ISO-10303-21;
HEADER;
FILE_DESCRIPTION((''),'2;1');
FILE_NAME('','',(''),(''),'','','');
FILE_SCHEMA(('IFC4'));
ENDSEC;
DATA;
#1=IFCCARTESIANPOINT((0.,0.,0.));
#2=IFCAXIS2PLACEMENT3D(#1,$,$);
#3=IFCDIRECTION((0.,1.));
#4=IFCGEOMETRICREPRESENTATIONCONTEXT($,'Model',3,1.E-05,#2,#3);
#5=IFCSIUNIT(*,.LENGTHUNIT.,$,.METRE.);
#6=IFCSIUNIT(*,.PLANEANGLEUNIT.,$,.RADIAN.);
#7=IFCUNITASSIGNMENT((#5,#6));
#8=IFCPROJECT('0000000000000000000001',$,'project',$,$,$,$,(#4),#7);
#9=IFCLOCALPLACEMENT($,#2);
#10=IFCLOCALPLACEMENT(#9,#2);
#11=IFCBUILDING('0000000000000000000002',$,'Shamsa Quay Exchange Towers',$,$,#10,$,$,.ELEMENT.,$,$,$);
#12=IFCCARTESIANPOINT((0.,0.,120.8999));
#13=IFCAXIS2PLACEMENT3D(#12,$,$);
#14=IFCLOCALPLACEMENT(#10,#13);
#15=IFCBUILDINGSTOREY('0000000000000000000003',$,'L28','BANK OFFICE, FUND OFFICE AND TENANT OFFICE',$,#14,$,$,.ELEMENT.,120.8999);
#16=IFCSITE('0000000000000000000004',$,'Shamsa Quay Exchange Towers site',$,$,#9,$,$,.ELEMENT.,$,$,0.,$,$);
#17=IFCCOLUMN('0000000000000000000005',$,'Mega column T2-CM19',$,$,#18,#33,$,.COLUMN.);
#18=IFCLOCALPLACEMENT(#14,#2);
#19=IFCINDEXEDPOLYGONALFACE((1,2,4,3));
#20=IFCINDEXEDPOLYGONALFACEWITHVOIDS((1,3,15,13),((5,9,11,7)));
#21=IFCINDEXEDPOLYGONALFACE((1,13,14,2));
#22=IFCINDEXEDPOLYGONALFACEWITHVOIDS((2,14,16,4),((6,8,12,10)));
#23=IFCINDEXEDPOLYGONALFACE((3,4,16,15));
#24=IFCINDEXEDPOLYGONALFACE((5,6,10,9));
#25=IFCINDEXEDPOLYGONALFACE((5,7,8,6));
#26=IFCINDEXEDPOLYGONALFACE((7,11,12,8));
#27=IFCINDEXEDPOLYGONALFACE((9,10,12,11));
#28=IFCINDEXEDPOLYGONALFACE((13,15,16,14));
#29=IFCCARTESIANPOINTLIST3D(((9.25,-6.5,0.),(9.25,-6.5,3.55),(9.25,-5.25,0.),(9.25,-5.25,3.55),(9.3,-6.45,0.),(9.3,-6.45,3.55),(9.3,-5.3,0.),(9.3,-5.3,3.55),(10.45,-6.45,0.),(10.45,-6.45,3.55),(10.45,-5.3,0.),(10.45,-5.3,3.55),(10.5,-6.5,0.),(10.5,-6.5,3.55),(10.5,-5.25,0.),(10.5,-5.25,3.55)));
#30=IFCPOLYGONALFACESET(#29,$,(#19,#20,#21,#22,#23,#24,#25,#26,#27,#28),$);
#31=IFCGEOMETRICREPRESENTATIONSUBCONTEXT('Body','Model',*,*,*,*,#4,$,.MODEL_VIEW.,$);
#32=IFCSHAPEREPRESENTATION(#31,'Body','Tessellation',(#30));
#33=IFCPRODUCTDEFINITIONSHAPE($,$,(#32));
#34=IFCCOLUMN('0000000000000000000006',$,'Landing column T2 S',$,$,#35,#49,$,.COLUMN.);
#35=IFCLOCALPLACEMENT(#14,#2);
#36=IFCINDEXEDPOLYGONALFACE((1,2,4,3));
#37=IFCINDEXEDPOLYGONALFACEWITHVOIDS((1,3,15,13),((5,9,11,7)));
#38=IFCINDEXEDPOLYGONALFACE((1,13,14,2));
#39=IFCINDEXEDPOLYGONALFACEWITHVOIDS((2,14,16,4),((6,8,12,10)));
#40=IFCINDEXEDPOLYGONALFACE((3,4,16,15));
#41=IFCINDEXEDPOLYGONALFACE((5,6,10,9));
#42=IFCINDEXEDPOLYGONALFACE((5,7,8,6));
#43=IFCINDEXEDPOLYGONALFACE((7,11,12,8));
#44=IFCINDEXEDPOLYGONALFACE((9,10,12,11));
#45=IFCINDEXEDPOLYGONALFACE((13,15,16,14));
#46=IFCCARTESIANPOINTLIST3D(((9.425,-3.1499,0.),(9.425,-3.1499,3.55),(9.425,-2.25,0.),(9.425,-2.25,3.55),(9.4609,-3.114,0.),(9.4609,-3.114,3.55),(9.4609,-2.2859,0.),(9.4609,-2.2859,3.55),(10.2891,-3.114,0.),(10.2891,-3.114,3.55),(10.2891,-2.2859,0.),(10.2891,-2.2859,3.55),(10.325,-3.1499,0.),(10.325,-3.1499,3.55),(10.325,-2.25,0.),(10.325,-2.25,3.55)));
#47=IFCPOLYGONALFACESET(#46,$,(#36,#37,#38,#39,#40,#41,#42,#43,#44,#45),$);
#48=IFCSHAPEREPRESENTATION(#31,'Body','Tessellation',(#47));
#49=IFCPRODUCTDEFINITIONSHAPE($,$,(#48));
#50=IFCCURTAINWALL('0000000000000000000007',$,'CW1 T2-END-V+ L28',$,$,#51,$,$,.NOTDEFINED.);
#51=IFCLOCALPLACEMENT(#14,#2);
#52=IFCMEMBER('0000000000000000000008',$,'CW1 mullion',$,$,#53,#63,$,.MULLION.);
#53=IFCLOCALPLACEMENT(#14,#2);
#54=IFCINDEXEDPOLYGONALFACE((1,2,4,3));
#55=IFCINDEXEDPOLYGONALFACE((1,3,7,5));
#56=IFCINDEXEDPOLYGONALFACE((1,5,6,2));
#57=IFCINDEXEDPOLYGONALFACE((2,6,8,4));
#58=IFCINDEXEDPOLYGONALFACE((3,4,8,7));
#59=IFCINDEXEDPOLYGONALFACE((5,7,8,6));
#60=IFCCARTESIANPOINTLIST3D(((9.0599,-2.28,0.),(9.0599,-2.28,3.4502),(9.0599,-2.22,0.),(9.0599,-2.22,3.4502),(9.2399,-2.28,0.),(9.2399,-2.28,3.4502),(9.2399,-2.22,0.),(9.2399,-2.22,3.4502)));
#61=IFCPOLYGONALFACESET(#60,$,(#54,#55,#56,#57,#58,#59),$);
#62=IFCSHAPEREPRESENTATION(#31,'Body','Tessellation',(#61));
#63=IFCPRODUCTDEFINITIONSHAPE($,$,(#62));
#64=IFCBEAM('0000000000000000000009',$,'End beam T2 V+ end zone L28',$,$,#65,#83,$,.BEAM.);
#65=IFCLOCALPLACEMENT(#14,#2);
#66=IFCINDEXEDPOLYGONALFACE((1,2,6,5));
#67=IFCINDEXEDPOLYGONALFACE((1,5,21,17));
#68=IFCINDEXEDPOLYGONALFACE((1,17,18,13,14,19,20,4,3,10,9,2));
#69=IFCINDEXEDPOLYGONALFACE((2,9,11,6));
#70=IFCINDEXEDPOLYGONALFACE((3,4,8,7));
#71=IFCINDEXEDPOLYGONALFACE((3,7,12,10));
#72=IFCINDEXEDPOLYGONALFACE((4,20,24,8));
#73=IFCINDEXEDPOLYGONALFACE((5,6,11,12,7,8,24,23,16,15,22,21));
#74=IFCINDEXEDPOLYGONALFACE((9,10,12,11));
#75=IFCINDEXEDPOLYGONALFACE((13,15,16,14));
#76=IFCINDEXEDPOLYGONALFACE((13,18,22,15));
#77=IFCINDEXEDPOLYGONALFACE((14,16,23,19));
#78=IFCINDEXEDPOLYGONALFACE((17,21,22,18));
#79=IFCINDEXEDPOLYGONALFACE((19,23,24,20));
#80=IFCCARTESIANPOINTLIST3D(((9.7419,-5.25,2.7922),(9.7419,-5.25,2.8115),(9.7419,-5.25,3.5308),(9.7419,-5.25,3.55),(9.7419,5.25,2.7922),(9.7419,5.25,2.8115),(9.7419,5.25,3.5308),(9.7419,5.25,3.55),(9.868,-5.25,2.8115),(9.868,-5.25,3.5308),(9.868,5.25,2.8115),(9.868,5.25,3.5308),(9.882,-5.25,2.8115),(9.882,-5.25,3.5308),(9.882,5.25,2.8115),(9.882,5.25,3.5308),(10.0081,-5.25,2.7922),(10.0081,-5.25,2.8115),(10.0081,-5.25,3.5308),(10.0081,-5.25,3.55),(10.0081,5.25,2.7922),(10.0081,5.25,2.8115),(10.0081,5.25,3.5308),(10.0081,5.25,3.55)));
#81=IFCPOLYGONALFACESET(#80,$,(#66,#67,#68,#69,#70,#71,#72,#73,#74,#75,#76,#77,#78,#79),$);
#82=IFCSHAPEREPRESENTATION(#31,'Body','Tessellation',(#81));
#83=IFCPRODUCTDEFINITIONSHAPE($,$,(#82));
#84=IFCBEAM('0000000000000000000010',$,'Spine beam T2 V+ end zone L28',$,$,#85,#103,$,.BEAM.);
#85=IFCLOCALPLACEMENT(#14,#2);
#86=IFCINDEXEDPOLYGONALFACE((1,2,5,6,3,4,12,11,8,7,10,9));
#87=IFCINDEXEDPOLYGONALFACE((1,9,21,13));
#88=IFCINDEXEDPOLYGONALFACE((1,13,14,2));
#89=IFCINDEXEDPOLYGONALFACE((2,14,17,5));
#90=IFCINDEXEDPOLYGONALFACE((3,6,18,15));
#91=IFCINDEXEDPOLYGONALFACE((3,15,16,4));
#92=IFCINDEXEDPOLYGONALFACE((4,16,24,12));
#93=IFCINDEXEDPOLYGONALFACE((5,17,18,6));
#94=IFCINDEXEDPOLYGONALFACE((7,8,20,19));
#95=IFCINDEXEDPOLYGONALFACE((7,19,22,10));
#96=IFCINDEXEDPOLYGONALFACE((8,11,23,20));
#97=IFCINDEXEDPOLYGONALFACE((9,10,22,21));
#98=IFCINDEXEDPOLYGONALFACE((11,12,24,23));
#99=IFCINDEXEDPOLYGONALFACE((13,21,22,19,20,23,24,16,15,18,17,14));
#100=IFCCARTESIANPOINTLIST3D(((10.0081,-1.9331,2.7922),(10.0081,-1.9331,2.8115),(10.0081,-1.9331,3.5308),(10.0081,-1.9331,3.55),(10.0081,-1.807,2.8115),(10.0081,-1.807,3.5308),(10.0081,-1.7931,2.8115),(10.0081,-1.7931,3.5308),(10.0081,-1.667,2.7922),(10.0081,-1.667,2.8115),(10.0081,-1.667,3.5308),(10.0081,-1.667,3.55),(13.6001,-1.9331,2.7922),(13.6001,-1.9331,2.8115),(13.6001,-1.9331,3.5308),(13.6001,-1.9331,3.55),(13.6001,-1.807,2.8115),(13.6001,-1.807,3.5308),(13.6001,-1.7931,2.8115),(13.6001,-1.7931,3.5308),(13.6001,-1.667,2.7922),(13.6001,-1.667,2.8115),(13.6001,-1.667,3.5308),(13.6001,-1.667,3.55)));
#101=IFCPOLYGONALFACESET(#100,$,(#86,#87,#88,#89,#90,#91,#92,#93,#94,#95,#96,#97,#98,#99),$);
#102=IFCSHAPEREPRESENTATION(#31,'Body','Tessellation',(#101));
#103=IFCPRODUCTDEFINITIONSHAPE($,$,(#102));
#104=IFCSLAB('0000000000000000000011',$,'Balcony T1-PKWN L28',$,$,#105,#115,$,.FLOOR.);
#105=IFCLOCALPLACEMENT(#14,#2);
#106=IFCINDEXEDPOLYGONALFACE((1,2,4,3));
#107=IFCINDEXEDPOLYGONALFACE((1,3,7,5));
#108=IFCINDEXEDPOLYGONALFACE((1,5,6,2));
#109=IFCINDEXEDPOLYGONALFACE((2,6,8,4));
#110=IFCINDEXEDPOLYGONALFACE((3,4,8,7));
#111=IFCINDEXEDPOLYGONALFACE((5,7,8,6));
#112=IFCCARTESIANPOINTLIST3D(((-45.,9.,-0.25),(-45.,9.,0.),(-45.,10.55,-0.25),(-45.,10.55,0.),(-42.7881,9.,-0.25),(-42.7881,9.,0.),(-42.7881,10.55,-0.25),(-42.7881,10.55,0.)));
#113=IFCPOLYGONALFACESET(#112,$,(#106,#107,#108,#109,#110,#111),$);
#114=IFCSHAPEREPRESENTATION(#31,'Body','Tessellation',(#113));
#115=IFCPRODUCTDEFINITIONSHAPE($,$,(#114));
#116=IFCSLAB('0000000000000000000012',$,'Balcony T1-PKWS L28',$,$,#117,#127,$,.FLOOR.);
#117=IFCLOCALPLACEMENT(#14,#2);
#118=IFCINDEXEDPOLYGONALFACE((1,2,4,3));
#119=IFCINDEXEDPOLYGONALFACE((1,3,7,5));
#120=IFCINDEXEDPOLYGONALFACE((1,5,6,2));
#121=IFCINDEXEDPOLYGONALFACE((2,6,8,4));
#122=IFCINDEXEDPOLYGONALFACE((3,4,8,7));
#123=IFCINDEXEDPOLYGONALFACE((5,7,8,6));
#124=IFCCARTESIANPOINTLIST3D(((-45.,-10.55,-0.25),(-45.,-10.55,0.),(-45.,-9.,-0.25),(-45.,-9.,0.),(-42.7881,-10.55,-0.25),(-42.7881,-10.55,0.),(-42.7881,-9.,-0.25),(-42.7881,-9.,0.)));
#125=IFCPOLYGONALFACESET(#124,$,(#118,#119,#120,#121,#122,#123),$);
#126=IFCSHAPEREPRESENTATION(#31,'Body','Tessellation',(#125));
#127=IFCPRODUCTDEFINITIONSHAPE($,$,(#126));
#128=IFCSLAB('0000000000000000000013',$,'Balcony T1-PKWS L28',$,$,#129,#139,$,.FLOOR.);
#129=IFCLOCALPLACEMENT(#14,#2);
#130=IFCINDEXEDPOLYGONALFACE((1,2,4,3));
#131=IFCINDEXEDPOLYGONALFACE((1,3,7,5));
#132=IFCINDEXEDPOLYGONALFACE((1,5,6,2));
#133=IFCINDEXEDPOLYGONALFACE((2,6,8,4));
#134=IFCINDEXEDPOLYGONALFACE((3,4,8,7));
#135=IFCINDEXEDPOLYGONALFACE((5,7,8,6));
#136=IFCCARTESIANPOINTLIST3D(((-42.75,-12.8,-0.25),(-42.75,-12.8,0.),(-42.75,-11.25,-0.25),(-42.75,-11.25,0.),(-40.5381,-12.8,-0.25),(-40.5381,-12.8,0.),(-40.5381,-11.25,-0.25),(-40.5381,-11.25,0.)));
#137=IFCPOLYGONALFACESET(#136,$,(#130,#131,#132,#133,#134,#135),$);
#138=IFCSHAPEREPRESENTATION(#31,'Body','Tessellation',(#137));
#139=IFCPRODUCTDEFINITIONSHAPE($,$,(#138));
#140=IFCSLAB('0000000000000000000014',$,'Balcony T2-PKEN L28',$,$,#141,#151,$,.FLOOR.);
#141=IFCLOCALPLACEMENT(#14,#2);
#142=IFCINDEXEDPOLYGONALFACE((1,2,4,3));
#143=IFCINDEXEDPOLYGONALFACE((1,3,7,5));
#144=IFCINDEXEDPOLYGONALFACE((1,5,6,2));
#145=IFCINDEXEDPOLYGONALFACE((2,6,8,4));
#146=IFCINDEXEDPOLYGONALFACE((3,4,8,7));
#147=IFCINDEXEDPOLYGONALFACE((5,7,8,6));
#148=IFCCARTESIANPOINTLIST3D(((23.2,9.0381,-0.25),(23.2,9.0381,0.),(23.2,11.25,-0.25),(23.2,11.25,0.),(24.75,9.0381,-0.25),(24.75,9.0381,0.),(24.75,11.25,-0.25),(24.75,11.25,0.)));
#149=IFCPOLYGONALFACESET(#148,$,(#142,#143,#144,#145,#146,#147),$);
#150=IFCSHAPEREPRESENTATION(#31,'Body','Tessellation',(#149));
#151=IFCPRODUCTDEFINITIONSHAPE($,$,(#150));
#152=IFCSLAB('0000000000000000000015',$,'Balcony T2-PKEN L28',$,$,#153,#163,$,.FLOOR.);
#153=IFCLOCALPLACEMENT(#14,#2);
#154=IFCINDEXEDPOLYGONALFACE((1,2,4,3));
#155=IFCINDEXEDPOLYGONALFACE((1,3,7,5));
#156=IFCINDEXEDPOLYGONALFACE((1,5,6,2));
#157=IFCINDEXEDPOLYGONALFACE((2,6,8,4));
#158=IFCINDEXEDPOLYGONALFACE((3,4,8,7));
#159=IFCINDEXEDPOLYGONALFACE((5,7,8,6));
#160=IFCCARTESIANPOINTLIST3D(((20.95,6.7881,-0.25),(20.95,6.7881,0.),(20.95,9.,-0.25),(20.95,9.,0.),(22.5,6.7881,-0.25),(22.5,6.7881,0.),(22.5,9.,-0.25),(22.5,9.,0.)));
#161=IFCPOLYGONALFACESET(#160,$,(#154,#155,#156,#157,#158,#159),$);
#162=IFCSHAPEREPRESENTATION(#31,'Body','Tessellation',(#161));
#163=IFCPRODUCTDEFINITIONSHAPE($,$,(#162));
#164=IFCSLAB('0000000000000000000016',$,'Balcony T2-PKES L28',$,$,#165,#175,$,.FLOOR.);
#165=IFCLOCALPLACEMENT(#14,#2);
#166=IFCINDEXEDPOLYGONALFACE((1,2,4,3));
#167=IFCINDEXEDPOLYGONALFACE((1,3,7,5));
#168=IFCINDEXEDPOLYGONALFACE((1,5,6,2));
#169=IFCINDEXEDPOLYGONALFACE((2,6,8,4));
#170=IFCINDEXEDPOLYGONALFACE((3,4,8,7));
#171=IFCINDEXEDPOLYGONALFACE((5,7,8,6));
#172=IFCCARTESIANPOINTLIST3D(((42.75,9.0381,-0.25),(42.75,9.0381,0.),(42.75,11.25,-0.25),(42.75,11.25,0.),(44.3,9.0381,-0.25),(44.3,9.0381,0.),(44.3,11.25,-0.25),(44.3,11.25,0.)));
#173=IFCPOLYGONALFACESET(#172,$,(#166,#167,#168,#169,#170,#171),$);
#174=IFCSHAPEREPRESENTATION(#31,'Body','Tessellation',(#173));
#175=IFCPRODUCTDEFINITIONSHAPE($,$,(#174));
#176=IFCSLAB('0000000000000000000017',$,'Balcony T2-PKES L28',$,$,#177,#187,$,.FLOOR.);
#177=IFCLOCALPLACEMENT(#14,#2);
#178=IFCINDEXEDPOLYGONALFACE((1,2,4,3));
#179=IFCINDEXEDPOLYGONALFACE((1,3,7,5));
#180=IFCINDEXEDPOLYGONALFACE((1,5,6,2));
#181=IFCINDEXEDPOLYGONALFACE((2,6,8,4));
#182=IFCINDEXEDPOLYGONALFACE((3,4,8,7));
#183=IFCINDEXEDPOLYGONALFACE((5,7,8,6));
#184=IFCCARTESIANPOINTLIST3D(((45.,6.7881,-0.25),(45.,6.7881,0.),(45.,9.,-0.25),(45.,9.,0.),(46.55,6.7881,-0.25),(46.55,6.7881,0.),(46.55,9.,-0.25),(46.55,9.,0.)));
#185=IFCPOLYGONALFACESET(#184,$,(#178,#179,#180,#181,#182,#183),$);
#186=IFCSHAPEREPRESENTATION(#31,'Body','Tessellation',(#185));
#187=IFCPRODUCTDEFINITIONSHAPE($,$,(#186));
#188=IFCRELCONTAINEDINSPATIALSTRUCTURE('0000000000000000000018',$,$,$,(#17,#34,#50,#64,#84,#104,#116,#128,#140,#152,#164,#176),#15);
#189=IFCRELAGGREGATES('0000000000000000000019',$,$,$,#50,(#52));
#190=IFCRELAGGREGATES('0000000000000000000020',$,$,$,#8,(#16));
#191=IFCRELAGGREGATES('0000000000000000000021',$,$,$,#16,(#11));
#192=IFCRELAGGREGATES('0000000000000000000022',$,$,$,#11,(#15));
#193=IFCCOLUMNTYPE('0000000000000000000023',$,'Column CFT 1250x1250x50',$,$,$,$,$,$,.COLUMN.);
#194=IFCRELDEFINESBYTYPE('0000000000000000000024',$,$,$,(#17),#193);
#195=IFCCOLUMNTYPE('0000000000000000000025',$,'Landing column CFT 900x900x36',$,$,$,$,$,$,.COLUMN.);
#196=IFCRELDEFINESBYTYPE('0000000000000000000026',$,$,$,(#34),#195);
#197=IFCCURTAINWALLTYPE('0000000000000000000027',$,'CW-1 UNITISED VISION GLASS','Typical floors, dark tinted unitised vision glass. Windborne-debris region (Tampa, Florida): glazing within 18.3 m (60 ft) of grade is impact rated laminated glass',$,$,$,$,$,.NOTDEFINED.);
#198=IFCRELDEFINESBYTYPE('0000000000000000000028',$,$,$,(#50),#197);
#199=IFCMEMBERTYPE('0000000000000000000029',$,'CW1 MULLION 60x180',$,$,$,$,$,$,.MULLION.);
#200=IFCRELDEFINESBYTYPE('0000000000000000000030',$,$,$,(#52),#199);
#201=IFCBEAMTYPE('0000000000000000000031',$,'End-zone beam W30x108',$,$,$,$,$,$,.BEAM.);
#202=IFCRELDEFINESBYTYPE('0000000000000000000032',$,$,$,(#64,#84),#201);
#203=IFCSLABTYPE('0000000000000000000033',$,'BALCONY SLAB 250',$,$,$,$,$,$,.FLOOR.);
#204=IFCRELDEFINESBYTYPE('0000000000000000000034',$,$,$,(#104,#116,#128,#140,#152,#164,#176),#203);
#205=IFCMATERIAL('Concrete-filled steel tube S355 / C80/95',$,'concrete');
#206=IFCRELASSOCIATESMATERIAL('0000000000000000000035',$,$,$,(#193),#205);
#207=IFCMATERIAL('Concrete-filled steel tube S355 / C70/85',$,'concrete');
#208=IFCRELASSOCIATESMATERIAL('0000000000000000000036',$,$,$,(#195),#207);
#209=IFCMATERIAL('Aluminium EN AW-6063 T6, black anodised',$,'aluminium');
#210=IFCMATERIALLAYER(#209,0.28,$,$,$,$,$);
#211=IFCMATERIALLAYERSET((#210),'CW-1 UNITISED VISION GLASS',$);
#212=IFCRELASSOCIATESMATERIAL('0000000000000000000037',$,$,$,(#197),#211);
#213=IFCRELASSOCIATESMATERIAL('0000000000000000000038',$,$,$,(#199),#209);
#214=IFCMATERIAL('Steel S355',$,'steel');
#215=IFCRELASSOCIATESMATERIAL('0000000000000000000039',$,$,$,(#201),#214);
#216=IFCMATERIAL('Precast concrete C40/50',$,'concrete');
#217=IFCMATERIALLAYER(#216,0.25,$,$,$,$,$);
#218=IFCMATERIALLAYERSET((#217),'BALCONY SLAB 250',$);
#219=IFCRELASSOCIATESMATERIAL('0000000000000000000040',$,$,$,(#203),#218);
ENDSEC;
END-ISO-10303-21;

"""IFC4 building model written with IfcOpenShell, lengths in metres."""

from ifc_helpers import new_model, si_unit, direction, frame, origin, origin_2d, place, context, subcontext, project, spatial, polyline, rectangle, hollow_rectangle, i_section, outline, extrude, material, layer, layer_set, material_profile, profile_set, type_object, element, aggregate, save


model = new_model("IFC4")

# Units and contexts
model_context = context("Model", 3, precision=1e-05, world=origin(), true_north=direction((0.0, 1.0)))
body_context = subcontext(model_context, "Body", "Model", "MODEL_VIEW")
ifc_project = project(units=[si_unit("LENGTHUNIT", "METRE"), si_unit("PLANEANGLEUNIT", "RADIAN")], contexts=[model_context])

# Site, building, storey
site_placement = place(None, origin())
site = spatial("IfcSite", under=ifc_project, at=site_placement, Name="Shamsa Quay Exchange Towers site", CompositionType="ELEMENT", RefElevation=0.0)
building_placement = place(site_placement, origin())
building = spatial("IfcBuilding", under=site, at=building_placement, Name="Shamsa Quay Exchange Towers", CompositionType="ELEMENT")
storey_placement = place(building_placement, frame((0.0, 0.0, 120.8999)))
storey = spatial("IfcBuildingStorey", under=building, at=storey_placement, Name="L28", Description="BANK OFFICE, FUND OFFICE AND TENANT OFFICE", CompositionType="ELEMENT", Elevation=120.8999)

# Columns
ifc_material_1 = material(Name="Concrete-filled steel tube S355 / C80/95", Category="concrete")
ifc_material_profile_1 = material_profile(ifc_material_1, hollow_rectangle(XDim=1.25, YDim=1.25, WallThickness=0.05, at=origin_2d()), Name="CFT 1250x1250x50")
ifc_profile_set_1 = profile_set([ifc_material_profile_1], Name="Concrete-filled steel tube S355 / C80/95")
column_type_1 = type_object("IfcColumnType", Name="Column CFT 1250x1250x50", PredefinedType="COLUMN", material=ifc_profile_set_1)
column_1_placement = place(storey_placement, frame((9.875, -5.875, 0.0)))
element("IfcColumn", 1, at=column_1_placement, inside=storey, type_object=column_type_1, Name="Mega column T2-CM19", PredefinedType="COLUMN", context=body_context, shape_type="SweptSolid", body=[
    extrude(hollow_rectangle(XDim=1.25, YDim=1.25, WallThickness=0.05, at=origin_2d()), origin(), (0.0, 0.0, 1.0), 3.55),
])
ifc_material_2 = material(Name="Concrete-filled steel tube S355 / C70/85", Category="concrete")
ifc_material_profile_2 = material_profile(ifc_material_2, hollow_rectangle(XDim=0.8999, YDim=0.8999, WallThickness=0.0359, at=origin_2d()), Name="CFT 900x900x36")
ifc_profile_set_2 = profile_set([ifc_material_profile_2], Name="Concrete-filled steel tube S355 / C70/85")
column_type_2 = type_object("IfcColumnType", Name="Landing column CFT 900x900x36", PredefinedType="COLUMN", material=ifc_profile_set_2)
column_2_placement = place(storey_placement, frame((9.875, -2.7, 0.0)))
element("IfcColumn", 2, at=column_2_placement, inside=storey, type_object=column_type_2, Name="Landing column T2 S", PredefinedType="COLUMN", context=body_context, shape_type="SweptSolid", body=[
    extrude(hollow_rectangle(XDim=0.8999, YDim=0.8999, WallThickness=0.0359, at=origin_2d()), origin(), (0.0, 0.0, 1.0), 3.55),
])

# Curtain wall, member
ifc_material_3 = material(Name="Aluminium EN AW-6063 T6, black anodised", Category="aluminium")
ifc_layer_1 = layer(ifc_material_3, 0.28)
ifc_layer_set_1 = layer_set([ifc_layer_1], Name="CW-1 UNITISED VISION GLASS")
curtain_wall_type = type_object("IfcCurtainWallType", Name="CW-1 UNITISED VISION GLASS", Description="Typical floors, dark tinted unitised vision glass. Windborne-debris region (Tampa, Florida): glazing within 18.3 m (60 ft) of grade is impact rated laminated glass", PredefinedType="NOTDEFINED", material=ifc_layer_set_1)
curtain_wall_1_placement = place(storey_placement, origin())
curtain_wall_1 = element("IfcCurtainWall", 3, at=curtain_wall_1_placement, inside=storey, type_object=curtain_wall_type, Name="CW1 T2-END-V+ L28", PredefinedType="NOTDEFINED")
ifc_material_profile_3 = material_profile(ifc_material_3, rectangle(XDim=0.1799, YDim=0.0601, at=origin_2d()), Name="MU60x180")
ifc_profile_set_3 = profile_set([ifc_material_profile_3], Name="Aluminium EN AW-6063 T6, black anodised")
member_type = type_object("IfcMemberType", Name="CW1 MULLION 60x180", PredefinedType="MULLION", material=ifc_profile_set_3)
member_placement = place(storey_placement, frame((9.1499, -2.25, 0.0)))
member = element("IfcMember", 4, at=member_placement, type_object=member_type, Name="CW1 mullion", PredefinedType="MULLION", context=body_context, shape_type="SweptSolid", body=[
    extrude(rectangle(XDim=0.1799, YDim=0.0601, at=origin_2d()), origin(), (0.0, 0.0, 1.0), 3.4502),
])

# Beams
ifc_material_4 = material(Name="Steel S355", Category="steel")
ifc_material_profile_4 = material_profile(ifc_material_4, i_section(OverallWidth=0.2661, OverallDepth=0.7578, WebThickness=0.0139, FlangeThickness=0.0193, at=origin_2d()), Name="W30x108")
ifc_profile_set_4 = profile_set([ifc_material_profile_4], Name="Steel S355")
beam_type = type_object("IfcBeamType", Name="End-zone beam W30x108", PredefinedType="BEAM", material=ifc_profile_set_4)
beam_1_placement = place(storey_placement, frame((9.875, -5.25, 3.1711), z_axis=(0.0, 1.0, 0.0), x_axis=(-1.0, 0.0, 0.0)))
element("IfcBeam", 5, at=beam_1_placement, inside=storey, type_object=beam_type, Name="End beam T2 V+ end zone L28", PredefinedType="BEAM", context=body_context, shape_type="SweptSolid", body=[
    extrude(i_section(OverallWidth=0.2661, OverallDepth=0.7578, WebThickness=0.0139, FlangeThickness=0.0193, at=origin_2d()), origin(), (0.0, 0.0, 1.0), 10.5),
])
beam_2_placement = place(storey_placement, frame((13.6001, -1.8, 3.1711), z_axis=(-1.0, 0.0, 0.0), x_axis=(0.0, -1.0, 0.0)))
element("IfcBeam", 6, at=beam_2_placement, inside=storey, type_object=beam_type, Name="Spine beam T2 V+ end zone L28", PredefinedType="BEAM", context=body_context, shape_type="SweptSolid", body=[
    extrude(i_section(OverallWidth=0.2661, OverallDepth=0.7578, WebThickness=0.0139, FlangeThickness=0.0193, at=origin_2d()), origin(), (0.0, 0.0, 1.0), 3.592),
])

# Slabs
ifc_material_5 = material(Name="Precast concrete C40/50", Category="concrete")
ifc_layer_2 = layer(ifc_material_5, 0.25)
ifc_layer_set_2 = layer_set([ifc_layer_2], Name="BALCONY SLAB 250")
slab_type = type_object("IfcSlabType", Name="BALCONY SLAB 250", PredefinedType="FLOOR", material=ifc_layer_set_2)
slab_1_placement = place(storey_placement, frame((0.0, 0.0, -0.25)))
element("IfcSlab", 7, at=slab_1_placement, inside=storey, type_object=slab_type, Name="Balcony T1-PKWN L28", PredefinedType="FLOOR", context=body_context, shape_type="SweptSolid", body=[
    extrude(outline(polyline([(-42.7881, 9.0), (-45.0, 9.0), (-45.0, 10.55), (-42.7881, 10.55), (-42.7881, 9.0)])), origin(), (0.0, 0.0, 1.0), 0.25),
])
slab_2_placement = place(storey_placement, frame((0.0, 0.0, -0.25)))
element("IfcSlab", 8, at=slab_2_placement, inside=storey, type_object=slab_type, Name="Balcony T1-PKWS L28", PredefinedType="FLOOR", context=body_context, shape_type="SweptSolid", body=[
    extrude(outline(polyline([(-45.0, -9.0), (-42.7881, -9.0), (-42.7881, -10.55), (-45.0, -10.55), (-45.0, -9.0)])), origin(), (0.0, 0.0, 1.0), 0.25),
])
slab_3_placement = place(storey_placement, frame((0.0, 0.0, -0.25)))
element("IfcSlab", 9, at=slab_3_placement, inside=storey, type_object=slab_type, Name="Balcony T1-PKWS L28", PredefinedType="FLOOR", context=body_context, shape_type="SweptSolid", body=[
    extrude(outline(polyline([(-42.75, -11.25), (-40.5381, -11.25), (-40.5381, -12.8), (-42.75, -12.8), (-42.75, -11.25)])), origin(), (0.0, 0.0, 1.0), 0.25),
])
slab_4_placement = place(storey_placement, frame((0.0, 0.0, -0.25)))
element("IfcSlab", 10, at=slab_4_placement, inside=storey, type_object=slab_type, Name="Balcony T2-PKEN L28", PredefinedType="FLOOR", context=body_context, shape_type="SweptSolid", body=[
    extrude(outline(polyline([(24.75, 11.25), (24.75, 9.0381), (23.2, 9.0381), (23.2, 11.25), (24.75, 11.25)])), origin(), (0.0, 0.0, 1.0), 0.25),
])
slab_5_placement = place(storey_placement, frame((0.0, 0.0, -0.25)))
element("IfcSlab", 11, at=slab_5_placement, inside=storey, type_object=slab_type, Name="Balcony T2-PKEN L28", PredefinedType="FLOOR", context=body_context, shape_type="SweptSolid", body=[
    extrude(outline(polyline([(22.5, 9.0), (22.5, 6.7881), (20.95, 6.7881), (20.95, 9.0), (22.5, 9.0)])), origin(), (0.0, 0.0, 1.0), 0.25),
])
slab_6_placement = place(storey_placement, frame((0.0, 0.0, -0.25)))
element("IfcSlab", 12, at=slab_6_placement, inside=storey, type_object=slab_type, Name="Balcony T2-PKES L28", PredefinedType="FLOOR", context=body_context, shape_type="SweptSolid", body=[
    extrude(outline(polyline([(42.75, 9.0381), (42.75, 11.25), (44.3, 11.25), (44.3, 9.0381), (42.75, 9.0381)])), origin(), (0.0, 0.0, 1.0), 0.25),
])
slab_7_placement = place(storey_placement, frame((0.0, 0.0, -0.25)))
element("IfcSlab", 13, at=slab_7_placement, inside=storey, type_object=slab_type, Name="Balcony T2-PKES L28", PredefinedType="FLOOR", context=body_context, shape_type="SweptSolid", body=[
    extrude(outline(polyline([(45.0, 6.7881), (45.0, 9.0), (46.55, 9.0), (46.55, 6.7881), (45.0, 6.7881)])), origin(), (0.0, 0.0, 1.0), 0.25),
])

aggregate(curtain_wall_1, [member])

save(model, "model.ifc")
